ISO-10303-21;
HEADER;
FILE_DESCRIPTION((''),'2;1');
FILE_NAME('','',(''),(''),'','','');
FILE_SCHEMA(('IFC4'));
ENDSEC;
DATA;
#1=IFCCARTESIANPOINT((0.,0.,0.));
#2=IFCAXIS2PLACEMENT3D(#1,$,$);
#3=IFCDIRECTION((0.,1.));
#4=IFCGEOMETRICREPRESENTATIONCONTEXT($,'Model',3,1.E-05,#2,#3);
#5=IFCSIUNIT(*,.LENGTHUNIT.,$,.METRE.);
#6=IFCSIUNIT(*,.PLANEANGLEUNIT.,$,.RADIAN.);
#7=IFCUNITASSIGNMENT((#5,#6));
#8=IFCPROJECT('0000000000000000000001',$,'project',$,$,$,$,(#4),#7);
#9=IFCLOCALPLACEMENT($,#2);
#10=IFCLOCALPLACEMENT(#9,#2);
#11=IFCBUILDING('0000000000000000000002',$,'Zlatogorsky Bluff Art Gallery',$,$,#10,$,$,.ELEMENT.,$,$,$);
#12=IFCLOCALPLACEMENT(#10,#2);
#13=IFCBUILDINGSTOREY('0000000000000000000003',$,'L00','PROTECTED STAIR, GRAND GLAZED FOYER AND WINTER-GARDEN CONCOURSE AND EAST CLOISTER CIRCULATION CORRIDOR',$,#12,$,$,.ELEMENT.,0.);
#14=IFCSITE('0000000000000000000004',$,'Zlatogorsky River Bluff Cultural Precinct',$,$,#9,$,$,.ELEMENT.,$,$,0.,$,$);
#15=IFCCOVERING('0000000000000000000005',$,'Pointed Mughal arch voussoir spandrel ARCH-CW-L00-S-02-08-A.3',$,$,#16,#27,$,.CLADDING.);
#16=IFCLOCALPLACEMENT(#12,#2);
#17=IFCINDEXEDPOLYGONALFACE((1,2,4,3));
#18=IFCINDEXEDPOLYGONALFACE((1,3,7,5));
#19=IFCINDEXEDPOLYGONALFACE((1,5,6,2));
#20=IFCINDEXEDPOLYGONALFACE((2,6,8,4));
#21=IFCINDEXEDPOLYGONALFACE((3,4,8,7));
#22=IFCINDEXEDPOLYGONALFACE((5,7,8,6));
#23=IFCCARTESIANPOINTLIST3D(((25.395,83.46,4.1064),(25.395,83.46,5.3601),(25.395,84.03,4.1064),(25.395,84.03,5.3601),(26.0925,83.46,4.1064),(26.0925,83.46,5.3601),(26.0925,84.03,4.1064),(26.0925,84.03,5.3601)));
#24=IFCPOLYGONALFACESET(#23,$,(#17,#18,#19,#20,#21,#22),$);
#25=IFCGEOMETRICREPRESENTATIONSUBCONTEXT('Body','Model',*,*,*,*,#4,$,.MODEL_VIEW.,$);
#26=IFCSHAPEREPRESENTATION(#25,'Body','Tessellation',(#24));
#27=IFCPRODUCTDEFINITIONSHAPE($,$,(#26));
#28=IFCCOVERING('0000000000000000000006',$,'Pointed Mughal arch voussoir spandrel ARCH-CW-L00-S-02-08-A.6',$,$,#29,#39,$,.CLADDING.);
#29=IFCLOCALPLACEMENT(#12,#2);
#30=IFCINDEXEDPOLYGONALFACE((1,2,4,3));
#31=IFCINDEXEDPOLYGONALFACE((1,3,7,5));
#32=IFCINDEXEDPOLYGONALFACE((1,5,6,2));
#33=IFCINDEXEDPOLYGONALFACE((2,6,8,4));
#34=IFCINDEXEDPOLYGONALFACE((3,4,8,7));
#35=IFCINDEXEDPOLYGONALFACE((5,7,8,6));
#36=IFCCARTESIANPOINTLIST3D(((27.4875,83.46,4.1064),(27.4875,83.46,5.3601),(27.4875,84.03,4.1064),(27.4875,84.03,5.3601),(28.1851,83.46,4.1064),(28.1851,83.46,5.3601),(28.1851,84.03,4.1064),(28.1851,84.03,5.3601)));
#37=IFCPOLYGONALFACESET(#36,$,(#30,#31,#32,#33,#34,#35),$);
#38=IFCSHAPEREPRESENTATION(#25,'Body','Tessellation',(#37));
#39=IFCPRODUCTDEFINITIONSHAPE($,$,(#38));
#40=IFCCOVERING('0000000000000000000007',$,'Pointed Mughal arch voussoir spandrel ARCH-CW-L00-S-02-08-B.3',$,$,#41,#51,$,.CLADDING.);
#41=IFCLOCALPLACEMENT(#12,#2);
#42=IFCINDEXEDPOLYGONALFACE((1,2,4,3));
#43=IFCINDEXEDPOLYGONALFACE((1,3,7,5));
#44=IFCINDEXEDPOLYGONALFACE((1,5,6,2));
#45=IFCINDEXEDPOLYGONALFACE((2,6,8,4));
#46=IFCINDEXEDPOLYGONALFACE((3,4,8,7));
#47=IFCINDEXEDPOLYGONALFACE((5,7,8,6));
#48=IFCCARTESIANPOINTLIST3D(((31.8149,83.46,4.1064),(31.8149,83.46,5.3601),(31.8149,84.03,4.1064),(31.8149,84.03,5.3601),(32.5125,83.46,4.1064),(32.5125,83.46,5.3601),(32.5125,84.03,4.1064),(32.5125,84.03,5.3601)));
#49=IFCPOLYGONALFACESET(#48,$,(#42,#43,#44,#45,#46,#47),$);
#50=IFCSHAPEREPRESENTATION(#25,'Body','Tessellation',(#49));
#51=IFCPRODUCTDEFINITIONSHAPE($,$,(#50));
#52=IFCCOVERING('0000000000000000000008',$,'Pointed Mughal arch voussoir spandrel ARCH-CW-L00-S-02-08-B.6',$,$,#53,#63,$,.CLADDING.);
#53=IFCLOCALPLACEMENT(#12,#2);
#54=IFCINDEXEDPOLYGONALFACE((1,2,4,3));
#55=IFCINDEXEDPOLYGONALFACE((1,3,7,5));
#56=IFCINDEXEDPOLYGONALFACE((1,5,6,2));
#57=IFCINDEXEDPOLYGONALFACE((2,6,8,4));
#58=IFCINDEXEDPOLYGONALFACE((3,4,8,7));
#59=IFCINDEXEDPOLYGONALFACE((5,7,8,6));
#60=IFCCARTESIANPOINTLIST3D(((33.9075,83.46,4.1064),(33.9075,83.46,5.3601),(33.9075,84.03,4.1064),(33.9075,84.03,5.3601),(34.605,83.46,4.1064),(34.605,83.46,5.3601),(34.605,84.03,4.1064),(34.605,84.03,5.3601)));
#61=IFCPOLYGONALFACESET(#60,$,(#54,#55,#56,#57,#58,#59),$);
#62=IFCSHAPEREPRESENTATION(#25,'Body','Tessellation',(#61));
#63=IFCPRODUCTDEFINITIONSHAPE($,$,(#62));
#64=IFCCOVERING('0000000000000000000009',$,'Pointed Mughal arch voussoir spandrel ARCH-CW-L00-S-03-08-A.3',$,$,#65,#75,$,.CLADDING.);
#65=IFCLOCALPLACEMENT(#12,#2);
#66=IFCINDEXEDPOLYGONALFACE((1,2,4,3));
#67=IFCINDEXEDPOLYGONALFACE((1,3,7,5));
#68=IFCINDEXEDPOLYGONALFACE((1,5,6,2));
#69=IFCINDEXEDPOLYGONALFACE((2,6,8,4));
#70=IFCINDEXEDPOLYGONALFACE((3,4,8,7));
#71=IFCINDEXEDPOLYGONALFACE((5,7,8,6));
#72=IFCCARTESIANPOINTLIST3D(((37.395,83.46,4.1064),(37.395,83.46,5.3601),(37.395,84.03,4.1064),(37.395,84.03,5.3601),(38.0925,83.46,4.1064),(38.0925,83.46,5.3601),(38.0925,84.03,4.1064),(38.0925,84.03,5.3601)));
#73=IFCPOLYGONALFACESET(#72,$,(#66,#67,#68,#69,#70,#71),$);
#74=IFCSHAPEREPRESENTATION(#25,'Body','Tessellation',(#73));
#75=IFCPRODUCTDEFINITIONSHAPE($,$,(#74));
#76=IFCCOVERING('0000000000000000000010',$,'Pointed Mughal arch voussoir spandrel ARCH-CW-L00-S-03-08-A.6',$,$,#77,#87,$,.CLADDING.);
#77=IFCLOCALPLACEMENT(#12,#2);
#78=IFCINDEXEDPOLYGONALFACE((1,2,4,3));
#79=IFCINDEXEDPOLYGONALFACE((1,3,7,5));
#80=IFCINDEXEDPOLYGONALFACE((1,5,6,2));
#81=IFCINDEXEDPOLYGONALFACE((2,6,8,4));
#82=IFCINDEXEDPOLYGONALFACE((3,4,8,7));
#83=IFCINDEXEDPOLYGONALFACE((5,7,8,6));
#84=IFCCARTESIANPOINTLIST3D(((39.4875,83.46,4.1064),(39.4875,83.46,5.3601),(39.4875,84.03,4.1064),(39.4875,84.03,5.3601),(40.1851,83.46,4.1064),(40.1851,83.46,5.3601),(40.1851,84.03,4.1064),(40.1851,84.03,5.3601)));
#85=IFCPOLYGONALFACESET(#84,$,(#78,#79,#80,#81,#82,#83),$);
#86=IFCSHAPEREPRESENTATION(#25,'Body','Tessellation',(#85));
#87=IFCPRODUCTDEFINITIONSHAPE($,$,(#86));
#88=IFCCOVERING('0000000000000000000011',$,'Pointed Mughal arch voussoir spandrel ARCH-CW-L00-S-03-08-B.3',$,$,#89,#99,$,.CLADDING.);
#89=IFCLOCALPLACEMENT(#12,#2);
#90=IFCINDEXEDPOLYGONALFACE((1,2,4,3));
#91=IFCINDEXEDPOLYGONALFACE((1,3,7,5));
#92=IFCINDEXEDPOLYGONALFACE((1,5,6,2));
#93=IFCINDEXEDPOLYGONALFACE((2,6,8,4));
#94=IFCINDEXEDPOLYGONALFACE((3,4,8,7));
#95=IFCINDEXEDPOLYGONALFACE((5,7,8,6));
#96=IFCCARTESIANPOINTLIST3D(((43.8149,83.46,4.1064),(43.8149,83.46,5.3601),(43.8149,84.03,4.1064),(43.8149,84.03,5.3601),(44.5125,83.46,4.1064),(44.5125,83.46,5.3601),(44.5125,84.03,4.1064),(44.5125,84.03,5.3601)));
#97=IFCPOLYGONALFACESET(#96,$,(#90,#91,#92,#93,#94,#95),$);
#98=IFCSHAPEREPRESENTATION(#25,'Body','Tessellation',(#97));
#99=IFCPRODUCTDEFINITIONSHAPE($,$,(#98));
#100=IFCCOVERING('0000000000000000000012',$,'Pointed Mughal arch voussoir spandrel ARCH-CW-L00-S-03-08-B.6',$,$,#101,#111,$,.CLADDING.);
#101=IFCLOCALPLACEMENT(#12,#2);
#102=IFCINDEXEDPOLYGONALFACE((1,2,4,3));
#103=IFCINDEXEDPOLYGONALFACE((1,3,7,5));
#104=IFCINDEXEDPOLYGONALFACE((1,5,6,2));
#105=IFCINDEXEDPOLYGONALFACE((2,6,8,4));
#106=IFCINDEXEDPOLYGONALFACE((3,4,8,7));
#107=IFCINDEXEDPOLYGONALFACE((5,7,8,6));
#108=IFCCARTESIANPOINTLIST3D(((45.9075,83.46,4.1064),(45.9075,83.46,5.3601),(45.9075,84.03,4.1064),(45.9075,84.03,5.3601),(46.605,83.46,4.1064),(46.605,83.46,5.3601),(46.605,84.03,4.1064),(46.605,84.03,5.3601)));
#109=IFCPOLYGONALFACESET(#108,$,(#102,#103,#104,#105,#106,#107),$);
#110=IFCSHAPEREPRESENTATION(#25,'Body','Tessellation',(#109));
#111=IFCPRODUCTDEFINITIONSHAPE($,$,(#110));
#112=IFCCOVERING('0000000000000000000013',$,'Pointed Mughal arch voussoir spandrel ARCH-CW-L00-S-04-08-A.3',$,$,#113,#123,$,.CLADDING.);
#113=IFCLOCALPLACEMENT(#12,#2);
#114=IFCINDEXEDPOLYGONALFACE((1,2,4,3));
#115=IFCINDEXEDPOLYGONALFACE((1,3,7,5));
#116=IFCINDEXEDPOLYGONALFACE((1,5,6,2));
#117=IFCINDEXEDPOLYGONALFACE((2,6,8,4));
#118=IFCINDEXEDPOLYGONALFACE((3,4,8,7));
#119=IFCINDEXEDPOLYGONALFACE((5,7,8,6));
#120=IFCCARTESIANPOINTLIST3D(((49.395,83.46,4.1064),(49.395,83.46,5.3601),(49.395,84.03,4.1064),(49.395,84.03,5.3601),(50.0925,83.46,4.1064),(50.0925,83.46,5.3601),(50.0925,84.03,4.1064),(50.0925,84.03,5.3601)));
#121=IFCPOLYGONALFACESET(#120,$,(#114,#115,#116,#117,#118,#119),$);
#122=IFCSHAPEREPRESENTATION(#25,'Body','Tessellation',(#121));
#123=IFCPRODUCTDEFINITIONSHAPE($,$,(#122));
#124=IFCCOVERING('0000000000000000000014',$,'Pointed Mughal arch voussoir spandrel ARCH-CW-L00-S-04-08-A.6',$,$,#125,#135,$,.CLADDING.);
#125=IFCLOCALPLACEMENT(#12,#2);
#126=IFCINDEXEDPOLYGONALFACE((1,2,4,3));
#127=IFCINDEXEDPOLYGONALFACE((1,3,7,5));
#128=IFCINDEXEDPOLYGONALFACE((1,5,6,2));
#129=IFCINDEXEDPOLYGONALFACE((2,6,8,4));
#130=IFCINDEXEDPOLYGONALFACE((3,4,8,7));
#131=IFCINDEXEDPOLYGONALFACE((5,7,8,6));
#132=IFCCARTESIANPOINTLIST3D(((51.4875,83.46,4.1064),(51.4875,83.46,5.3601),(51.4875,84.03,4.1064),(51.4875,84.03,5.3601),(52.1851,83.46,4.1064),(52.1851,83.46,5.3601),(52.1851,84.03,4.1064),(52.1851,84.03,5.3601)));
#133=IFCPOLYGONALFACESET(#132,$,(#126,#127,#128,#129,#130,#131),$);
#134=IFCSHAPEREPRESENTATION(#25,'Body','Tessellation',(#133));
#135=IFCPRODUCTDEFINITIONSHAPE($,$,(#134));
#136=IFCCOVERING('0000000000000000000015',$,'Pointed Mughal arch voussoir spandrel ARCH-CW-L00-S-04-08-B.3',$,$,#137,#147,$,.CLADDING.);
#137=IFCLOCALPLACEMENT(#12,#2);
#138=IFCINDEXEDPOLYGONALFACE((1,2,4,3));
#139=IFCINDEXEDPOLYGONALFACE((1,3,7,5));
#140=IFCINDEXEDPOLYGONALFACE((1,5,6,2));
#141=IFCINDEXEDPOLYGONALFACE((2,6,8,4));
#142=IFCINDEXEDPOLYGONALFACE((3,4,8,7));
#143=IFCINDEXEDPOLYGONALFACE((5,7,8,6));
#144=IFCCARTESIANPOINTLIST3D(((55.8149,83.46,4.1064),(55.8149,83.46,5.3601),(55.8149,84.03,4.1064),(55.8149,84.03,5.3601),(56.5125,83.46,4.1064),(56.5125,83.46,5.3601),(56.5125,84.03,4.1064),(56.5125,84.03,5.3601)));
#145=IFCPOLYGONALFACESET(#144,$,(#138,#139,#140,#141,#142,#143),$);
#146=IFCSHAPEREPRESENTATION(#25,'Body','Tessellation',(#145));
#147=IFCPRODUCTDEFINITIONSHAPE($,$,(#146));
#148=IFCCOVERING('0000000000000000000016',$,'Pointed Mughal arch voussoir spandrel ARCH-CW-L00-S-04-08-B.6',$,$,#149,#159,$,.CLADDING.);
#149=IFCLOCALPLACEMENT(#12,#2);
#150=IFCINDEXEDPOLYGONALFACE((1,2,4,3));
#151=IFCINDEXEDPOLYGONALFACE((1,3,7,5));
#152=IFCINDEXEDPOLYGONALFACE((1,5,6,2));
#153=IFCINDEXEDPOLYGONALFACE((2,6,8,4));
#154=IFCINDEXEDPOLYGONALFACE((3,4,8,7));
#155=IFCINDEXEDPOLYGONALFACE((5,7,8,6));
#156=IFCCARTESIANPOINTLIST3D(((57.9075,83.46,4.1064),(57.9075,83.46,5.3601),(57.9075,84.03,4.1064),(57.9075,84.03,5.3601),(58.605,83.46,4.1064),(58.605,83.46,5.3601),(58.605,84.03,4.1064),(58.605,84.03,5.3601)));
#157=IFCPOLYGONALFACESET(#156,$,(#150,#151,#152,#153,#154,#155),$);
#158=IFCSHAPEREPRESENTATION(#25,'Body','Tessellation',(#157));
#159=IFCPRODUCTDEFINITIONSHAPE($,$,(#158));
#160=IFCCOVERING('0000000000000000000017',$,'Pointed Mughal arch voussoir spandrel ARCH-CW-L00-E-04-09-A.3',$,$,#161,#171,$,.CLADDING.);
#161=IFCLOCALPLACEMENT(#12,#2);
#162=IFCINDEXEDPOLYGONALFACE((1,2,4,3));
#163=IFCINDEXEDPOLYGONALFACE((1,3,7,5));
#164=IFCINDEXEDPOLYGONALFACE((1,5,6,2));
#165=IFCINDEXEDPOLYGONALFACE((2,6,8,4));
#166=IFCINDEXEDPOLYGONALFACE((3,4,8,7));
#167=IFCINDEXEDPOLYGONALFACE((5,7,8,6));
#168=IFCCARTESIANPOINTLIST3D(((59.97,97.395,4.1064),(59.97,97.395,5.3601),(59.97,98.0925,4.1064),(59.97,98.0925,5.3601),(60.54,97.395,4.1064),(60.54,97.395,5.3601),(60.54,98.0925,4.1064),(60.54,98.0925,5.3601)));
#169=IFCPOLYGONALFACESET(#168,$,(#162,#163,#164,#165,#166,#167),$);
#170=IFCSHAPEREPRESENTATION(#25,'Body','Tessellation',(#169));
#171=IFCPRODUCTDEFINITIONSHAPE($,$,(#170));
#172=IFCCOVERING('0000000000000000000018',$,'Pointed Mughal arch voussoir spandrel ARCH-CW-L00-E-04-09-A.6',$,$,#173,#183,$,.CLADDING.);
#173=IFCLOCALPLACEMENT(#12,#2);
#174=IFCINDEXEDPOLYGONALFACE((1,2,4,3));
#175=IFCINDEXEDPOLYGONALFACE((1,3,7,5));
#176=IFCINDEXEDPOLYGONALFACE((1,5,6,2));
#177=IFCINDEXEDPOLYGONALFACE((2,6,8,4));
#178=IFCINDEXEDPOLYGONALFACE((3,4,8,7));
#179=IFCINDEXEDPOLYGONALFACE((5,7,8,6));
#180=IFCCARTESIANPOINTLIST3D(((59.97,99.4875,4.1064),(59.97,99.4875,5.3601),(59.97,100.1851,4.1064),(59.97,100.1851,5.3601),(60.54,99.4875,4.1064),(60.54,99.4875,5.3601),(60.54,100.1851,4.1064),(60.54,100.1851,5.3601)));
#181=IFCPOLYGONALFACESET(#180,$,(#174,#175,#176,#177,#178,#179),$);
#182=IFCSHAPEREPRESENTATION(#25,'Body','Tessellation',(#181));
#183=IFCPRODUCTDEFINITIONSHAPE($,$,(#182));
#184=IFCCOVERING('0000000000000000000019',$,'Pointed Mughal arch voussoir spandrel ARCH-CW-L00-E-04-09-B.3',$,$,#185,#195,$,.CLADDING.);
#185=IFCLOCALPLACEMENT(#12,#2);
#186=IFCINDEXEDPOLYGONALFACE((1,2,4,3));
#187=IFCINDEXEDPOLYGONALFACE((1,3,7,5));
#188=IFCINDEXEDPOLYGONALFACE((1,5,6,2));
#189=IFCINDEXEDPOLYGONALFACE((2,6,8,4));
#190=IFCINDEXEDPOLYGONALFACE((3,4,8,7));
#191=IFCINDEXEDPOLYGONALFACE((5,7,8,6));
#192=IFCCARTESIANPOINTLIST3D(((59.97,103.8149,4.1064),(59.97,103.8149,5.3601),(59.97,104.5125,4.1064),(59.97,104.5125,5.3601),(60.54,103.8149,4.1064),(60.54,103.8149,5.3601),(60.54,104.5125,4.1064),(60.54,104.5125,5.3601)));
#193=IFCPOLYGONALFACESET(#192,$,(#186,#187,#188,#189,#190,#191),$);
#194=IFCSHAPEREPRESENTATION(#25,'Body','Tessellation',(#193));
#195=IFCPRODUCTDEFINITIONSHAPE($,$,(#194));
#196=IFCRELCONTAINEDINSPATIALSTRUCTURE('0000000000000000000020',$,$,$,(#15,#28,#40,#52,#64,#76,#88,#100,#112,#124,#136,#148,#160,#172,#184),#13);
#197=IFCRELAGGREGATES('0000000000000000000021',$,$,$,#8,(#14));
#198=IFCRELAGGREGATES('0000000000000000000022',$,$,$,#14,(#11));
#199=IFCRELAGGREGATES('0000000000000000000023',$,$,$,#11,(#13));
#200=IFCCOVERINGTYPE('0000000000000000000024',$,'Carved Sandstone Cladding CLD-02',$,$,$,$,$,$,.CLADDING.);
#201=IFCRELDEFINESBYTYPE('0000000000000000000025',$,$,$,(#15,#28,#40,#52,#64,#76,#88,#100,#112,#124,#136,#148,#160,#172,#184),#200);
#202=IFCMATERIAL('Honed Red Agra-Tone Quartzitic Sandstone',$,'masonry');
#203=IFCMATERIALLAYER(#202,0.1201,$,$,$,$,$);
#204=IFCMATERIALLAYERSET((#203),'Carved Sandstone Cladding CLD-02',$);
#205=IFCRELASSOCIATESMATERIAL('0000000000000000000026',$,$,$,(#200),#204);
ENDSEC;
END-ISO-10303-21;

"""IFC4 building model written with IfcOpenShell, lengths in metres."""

from ifc_helpers import new_model, si_unit, direction, frame, origin, place, context, subcontext, project, spatial, polyline, outline, extrude, material, layer, layer_set, type_object, element, save


model = new_model("IFC4")

# Units and contexts
model_context = context("Model", 3, precision=1e-05, world=origin(), true_north=direction((0.0, 1.0)))
body_context = subcontext(model_context, "Body", "Model", "MODEL_VIEW")
ifc_project = project(units=[si_unit("LENGTHUNIT", "METRE"), si_unit("PLANEANGLEUNIT", "RADIAN")], contexts=[model_context])

# Site, building, storey
site_placement = place(None, origin())
site = spatial("IfcSite", under=ifc_project, at=site_placement, Name="Zlatogorsky River Bluff Cultural Precinct", CompositionType="ELEMENT", RefElevation=0.0)
building_placement = place(site_placement, origin())
building = spatial("IfcBuilding", under=site, at=building_placement, Name="Zlatogorsky Bluff Art Gallery", CompositionType="ELEMENT")
storey_placement = place(building_placement, origin())
storey = spatial("IfcBuildingStorey", under=building, at=storey_placement, Name="L00", Description="PROTECTED STAIR, GRAND GLAZED FOYER AND WINTER-GARDEN CONCOURSE AND EAST CLOISTER CIRCULATION CORRIDOR", CompositionType="ELEMENT", Elevation=0.0)

# Coverings
ifc_material = material(Name="Honed Red Agra-Tone Quartzitic Sandstone", Category="masonry")
ifc_layer = layer(ifc_material, 0.1201)
ifc_layer_set = layer_set([ifc_layer], Name="Carved Sandstone Cladding CLD-02")
covering_type = type_object("IfcCoveringType", Name="Carved Sandstone Cladding CLD-02", PredefinedType="CLADDING", material=ifc_layer_set)
covering_1_placement = place(storey_placement, frame((0.0, 0.0, 4.1064)))
element("IfcCovering", 1, at=covering_1_placement, inside=storey, type_object=covering_type, Name="Pointed Mughal arch voussoir spandrel ARCH-CW-L00-S-02-08-A.3", PredefinedType="CLADDING", context=body_context, shape_type="SweptSolid", body=[
    extrude(outline(polyline([(25.395, 83.46), (26.0925, 83.46), (26.0925, 84.03), (25.395, 84.03), (25.395, 83.46)])), origin(), (0.0, 0.0, 1.0), 1.2537),
])
covering_2_placement = place(storey_placement, frame((0.0, 0.0, 4.1064)))
element("IfcCovering", 2, at=covering_2_placement, inside=storey, type_object=covering_type, Name="Pointed Mughal arch voussoir spandrel ARCH-CW-L00-S-02-08-A.6", PredefinedType="CLADDING", context=body_context, shape_type="SweptSolid", body=[
    extrude(outline(polyline([(27.4875, 83.46), (28.1851, 83.46), (28.1851, 84.03), (27.4875, 84.03), (27.4875, 83.46)])), origin(), (0.0, 0.0, 1.0), 1.2537),
])
covering_3_placement = place(storey_placement, frame((0.0, 0.0, 4.1064)))
element("IfcCovering", 3, at=covering_3_placement, inside=storey, type_object=covering_type, Name="Pointed Mughal arch voussoir spandrel ARCH-CW-L00-S-02-08-B.3", PredefinedType="CLADDING", context=body_context, shape_type="SweptSolid", body=[
    extrude(outline(polyline([(31.8149, 83.46), (32.5125, 83.46), (32.5125, 84.03), (31.8149, 84.03), (31.8149, 83.46)])), origin(), (0.0, 0.0, 1.0), 1.2537),
])
covering_4_placement = place(storey_placement, frame((0.0, 0.0, 4.1064)))
element("IfcCovering", 4, at=covering_4_placement, inside=storey, type_object=covering_type, Name="Pointed Mughal arch voussoir spandrel ARCH-CW-L00-S-02-08-B.6", PredefinedType="CLADDING", context=body_context, shape_type="SweptSolid", body=[
    extrude(outline(polyline([(33.9075, 83.46), (34.605, 83.46), (34.605, 84.03), (33.9075, 84.03), (33.9075, 83.46)])), origin(), (0.0, 0.0, 1.0), 1.2537),
])
covering_5_placement = place(storey_placement, frame((0.0, 0.0, 4.1064)))
element("IfcCovering", 5, at=covering_5_placement, inside=storey, type_object=covering_type, Name="Pointed Mughal arch voussoir spandrel ARCH-CW-L00-S-03-08-A.3", PredefinedType="CLADDING", context=body_context, shape_type="SweptSolid", body=[
    extrude(outline(polyline([(37.395, 83.46), (38.0925, 83.46), (38.0925, 84.03), (37.395, 84.03), (37.395, 83.46)])), origin(), (0.0, 0.0, 1.0), 1.2537),
])
covering_6_placement = place(storey_placement, frame((0.0, 0.0, 4.1064)))
element("IfcCovering", 6, at=covering_6_placement, inside=storey, type_object=covering_type, Name="Pointed Mughal arch voussoir spandrel ARCH-CW-L00-S-03-08-A.6", PredefinedType="CLADDING", context=body_context, shape_type="SweptSolid", body=[
    extrude(outline(polyline([(39.4875, 83.46), (40.1851, 83.46), (40.1851, 84.03), (39.4875, 84.03), (39.4875, 83.46)])), origin(), (0.0, 0.0, 1.0), 1.2537),
])
covering_7_placement = place(storey_placement, frame((0.0, 0.0, 4.1064)))
element("IfcCovering", 7, at=covering_7_placement, inside=storey, type_object=covering_type, Name="Pointed Mughal arch voussoir spandrel ARCH-CW-L00-S-03-08-B.3", PredefinedType="CLADDING", context=body_context, shape_type="SweptSolid", body=[
    extrude(outline(polyline([(43.8149, 83.46), (44.5125, 83.46), (44.5125, 84.03), (43.8149, 84.03), (43.8149, 83.46)])), origin(), (0.0, 0.0, 1.0), 1.2537),
])
covering_8_placement = place(storey_placement, frame((0.0, 0.0, 4.1064)))
element("IfcCovering", 8, at=covering_8_placement, inside=storey, type_object=covering_type, Name="Pointed Mughal arch voussoir spandrel ARCH-CW-L00-S-03-08-B.6", PredefinedType="CLADDING", context=body_context, shape_type="SweptSolid", body=[
    extrude(outline(polyline([(45.9075, 83.46), (46.605, 83.46), (46.605, 84.03), (45.9075, 84.03), (45.9075, 83.46)])), origin(), (0.0, 0.0, 1.0), 1.2537),
])
covering_9_placement = place(storey_placement, frame((0.0, 0.0, 4.1064)))
element("IfcCovering", 9, at=covering_9_placement, inside=storey, type_object=covering_type, Name="Pointed Mughal arch voussoir spandrel ARCH-CW-L00-S-04-08-A.3", PredefinedType="CLADDING", context=body_context, shape_type="SweptSolid", body=[
    extrude(outline(polyline([(49.395, 83.46), (50.0925, 83.46), (50.0925, 84.03), (49.395, 84.03), (49.395, 83.46)])), origin(), (0.0, 0.0, 1.0), 1.2537),
])
covering_10_placement = place(storey_placement, frame((0.0, 0.0, 4.1064)))
element("IfcCovering", 10, at=covering_10_placement, inside=storey, type_object=covering_type, Name="Pointed Mughal arch voussoir spandrel ARCH-CW-L00-S-04-08-A.6", PredefinedType="CLADDING", context=body_context, shape_type="SweptSolid", body=[
    extrude(outline(polyline([(51.4875, 83.46), (52.1851, 83.46), (52.1851, 84.03), (51.4875, 84.03), (51.4875, 83.46)])), origin(), (0.0, 0.0, 1.0), 1.2537),
])
covering_11_placement = place(storey_placement, frame((0.0, 0.0, 4.1064)))
element("IfcCovering", 11, at=covering_11_placement, inside=storey, type_object=covering_type, Name="Pointed Mughal arch voussoir spandrel ARCH-CW-L00-S-04-08-B.3", PredefinedType="CLADDING", context=body_context, shape_type="SweptSolid", body=[
    extrude(outline(polyline([(55.8149, 83.46), (56.5125, 83.46), (56.5125, 84.03), (55.8149, 84.03), (55.8149, 83.46)])), origin(), (0.0, 0.0, 1.0), 1.2537),
])
covering_12_placement = place(storey_placement, frame((0.0, 0.0, 4.1064)))
element("IfcCovering", 12, at=covering_12_placement, inside=storey, type_object=covering_type, Name="Pointed Mughal arch voussoir spandrel ARCH-CW-L00-S-04-08-B.6", PredefinedType="CLADDING", context=body_context, shape_type="SweptSolid", body=[
    extrude(outline(polyline([(57.9075, 83.46), (58.605, 83.46), (58.605, 84.03), (57.9075, 84.03), (57.9075, 83.46)])), origin(), (0.0, 0.0, 1.0), 1.2537),
])
covering_13_placement = place(storey_placement, frame((0.0, 0.0, 4.1064)))
element("IfcCovering", 13, at=covering_13_placement, inside=storey, type_object=covering_type, Name="Pointed Mughal arch voussoir spandrel ARCH-CW-L00-E-04-09-A.3", PredefinedType="CLADDING", context=body_context, shape_type="SweptSolid", body=[
    extrude(outline(polyline([(59.97, 97.395), (59.97, 98.0925), (60.54, 98.0925), (60.54, 97.395), (59.97, 97.395)])), origin(), (0.0, 0.0, 1.0), 1.2537),
])
covering_14_placement = place(storey_placement, frame((0.0, 0.0, 4.1064)))
element("IfcCovering", 14, at=covering_14_placement, inside=storey, type_object=covering_type, Name="Pointed Mughal arch voussoir spandrel ARCH-CW-L00-E-04-09-A.6", PredefinedType="CLADDING", context=body_context, shape_type="SweptSolid", body=[
    extrude(outline(polyline([(59.97, 99.4875), (59.97, 100.1851), (60.54, 100.1851), (60.54, 99.4875), (59.97, 99.4875)])), origin(), (0.0, 0.0, 1.0), 1.2537),
])
covering_15_placement = place(storey_placement, frame((0.0, 0.0, 4.1064)))
element("IfcCovering", 15, at=covering_15_placement, inside=storey, type_object=covering_type, Name="Pointed Mughal arch voussoir spandrel ARCH-CW-L00-E-04-09-B.3", PredefinedType="CLADDING", context=body_context, shape_type="SweptSolid", body=[
    extrude(outline(polyline([(59.97, 103.8149), (59.97, 104.5125), (60.54, 104.5125), (60.54, 103.8149), (59.97, 103.8149)])), origin(), (0.0, 0.0, 1.0), 1.2537),
])

save(model, "model.ifc")
